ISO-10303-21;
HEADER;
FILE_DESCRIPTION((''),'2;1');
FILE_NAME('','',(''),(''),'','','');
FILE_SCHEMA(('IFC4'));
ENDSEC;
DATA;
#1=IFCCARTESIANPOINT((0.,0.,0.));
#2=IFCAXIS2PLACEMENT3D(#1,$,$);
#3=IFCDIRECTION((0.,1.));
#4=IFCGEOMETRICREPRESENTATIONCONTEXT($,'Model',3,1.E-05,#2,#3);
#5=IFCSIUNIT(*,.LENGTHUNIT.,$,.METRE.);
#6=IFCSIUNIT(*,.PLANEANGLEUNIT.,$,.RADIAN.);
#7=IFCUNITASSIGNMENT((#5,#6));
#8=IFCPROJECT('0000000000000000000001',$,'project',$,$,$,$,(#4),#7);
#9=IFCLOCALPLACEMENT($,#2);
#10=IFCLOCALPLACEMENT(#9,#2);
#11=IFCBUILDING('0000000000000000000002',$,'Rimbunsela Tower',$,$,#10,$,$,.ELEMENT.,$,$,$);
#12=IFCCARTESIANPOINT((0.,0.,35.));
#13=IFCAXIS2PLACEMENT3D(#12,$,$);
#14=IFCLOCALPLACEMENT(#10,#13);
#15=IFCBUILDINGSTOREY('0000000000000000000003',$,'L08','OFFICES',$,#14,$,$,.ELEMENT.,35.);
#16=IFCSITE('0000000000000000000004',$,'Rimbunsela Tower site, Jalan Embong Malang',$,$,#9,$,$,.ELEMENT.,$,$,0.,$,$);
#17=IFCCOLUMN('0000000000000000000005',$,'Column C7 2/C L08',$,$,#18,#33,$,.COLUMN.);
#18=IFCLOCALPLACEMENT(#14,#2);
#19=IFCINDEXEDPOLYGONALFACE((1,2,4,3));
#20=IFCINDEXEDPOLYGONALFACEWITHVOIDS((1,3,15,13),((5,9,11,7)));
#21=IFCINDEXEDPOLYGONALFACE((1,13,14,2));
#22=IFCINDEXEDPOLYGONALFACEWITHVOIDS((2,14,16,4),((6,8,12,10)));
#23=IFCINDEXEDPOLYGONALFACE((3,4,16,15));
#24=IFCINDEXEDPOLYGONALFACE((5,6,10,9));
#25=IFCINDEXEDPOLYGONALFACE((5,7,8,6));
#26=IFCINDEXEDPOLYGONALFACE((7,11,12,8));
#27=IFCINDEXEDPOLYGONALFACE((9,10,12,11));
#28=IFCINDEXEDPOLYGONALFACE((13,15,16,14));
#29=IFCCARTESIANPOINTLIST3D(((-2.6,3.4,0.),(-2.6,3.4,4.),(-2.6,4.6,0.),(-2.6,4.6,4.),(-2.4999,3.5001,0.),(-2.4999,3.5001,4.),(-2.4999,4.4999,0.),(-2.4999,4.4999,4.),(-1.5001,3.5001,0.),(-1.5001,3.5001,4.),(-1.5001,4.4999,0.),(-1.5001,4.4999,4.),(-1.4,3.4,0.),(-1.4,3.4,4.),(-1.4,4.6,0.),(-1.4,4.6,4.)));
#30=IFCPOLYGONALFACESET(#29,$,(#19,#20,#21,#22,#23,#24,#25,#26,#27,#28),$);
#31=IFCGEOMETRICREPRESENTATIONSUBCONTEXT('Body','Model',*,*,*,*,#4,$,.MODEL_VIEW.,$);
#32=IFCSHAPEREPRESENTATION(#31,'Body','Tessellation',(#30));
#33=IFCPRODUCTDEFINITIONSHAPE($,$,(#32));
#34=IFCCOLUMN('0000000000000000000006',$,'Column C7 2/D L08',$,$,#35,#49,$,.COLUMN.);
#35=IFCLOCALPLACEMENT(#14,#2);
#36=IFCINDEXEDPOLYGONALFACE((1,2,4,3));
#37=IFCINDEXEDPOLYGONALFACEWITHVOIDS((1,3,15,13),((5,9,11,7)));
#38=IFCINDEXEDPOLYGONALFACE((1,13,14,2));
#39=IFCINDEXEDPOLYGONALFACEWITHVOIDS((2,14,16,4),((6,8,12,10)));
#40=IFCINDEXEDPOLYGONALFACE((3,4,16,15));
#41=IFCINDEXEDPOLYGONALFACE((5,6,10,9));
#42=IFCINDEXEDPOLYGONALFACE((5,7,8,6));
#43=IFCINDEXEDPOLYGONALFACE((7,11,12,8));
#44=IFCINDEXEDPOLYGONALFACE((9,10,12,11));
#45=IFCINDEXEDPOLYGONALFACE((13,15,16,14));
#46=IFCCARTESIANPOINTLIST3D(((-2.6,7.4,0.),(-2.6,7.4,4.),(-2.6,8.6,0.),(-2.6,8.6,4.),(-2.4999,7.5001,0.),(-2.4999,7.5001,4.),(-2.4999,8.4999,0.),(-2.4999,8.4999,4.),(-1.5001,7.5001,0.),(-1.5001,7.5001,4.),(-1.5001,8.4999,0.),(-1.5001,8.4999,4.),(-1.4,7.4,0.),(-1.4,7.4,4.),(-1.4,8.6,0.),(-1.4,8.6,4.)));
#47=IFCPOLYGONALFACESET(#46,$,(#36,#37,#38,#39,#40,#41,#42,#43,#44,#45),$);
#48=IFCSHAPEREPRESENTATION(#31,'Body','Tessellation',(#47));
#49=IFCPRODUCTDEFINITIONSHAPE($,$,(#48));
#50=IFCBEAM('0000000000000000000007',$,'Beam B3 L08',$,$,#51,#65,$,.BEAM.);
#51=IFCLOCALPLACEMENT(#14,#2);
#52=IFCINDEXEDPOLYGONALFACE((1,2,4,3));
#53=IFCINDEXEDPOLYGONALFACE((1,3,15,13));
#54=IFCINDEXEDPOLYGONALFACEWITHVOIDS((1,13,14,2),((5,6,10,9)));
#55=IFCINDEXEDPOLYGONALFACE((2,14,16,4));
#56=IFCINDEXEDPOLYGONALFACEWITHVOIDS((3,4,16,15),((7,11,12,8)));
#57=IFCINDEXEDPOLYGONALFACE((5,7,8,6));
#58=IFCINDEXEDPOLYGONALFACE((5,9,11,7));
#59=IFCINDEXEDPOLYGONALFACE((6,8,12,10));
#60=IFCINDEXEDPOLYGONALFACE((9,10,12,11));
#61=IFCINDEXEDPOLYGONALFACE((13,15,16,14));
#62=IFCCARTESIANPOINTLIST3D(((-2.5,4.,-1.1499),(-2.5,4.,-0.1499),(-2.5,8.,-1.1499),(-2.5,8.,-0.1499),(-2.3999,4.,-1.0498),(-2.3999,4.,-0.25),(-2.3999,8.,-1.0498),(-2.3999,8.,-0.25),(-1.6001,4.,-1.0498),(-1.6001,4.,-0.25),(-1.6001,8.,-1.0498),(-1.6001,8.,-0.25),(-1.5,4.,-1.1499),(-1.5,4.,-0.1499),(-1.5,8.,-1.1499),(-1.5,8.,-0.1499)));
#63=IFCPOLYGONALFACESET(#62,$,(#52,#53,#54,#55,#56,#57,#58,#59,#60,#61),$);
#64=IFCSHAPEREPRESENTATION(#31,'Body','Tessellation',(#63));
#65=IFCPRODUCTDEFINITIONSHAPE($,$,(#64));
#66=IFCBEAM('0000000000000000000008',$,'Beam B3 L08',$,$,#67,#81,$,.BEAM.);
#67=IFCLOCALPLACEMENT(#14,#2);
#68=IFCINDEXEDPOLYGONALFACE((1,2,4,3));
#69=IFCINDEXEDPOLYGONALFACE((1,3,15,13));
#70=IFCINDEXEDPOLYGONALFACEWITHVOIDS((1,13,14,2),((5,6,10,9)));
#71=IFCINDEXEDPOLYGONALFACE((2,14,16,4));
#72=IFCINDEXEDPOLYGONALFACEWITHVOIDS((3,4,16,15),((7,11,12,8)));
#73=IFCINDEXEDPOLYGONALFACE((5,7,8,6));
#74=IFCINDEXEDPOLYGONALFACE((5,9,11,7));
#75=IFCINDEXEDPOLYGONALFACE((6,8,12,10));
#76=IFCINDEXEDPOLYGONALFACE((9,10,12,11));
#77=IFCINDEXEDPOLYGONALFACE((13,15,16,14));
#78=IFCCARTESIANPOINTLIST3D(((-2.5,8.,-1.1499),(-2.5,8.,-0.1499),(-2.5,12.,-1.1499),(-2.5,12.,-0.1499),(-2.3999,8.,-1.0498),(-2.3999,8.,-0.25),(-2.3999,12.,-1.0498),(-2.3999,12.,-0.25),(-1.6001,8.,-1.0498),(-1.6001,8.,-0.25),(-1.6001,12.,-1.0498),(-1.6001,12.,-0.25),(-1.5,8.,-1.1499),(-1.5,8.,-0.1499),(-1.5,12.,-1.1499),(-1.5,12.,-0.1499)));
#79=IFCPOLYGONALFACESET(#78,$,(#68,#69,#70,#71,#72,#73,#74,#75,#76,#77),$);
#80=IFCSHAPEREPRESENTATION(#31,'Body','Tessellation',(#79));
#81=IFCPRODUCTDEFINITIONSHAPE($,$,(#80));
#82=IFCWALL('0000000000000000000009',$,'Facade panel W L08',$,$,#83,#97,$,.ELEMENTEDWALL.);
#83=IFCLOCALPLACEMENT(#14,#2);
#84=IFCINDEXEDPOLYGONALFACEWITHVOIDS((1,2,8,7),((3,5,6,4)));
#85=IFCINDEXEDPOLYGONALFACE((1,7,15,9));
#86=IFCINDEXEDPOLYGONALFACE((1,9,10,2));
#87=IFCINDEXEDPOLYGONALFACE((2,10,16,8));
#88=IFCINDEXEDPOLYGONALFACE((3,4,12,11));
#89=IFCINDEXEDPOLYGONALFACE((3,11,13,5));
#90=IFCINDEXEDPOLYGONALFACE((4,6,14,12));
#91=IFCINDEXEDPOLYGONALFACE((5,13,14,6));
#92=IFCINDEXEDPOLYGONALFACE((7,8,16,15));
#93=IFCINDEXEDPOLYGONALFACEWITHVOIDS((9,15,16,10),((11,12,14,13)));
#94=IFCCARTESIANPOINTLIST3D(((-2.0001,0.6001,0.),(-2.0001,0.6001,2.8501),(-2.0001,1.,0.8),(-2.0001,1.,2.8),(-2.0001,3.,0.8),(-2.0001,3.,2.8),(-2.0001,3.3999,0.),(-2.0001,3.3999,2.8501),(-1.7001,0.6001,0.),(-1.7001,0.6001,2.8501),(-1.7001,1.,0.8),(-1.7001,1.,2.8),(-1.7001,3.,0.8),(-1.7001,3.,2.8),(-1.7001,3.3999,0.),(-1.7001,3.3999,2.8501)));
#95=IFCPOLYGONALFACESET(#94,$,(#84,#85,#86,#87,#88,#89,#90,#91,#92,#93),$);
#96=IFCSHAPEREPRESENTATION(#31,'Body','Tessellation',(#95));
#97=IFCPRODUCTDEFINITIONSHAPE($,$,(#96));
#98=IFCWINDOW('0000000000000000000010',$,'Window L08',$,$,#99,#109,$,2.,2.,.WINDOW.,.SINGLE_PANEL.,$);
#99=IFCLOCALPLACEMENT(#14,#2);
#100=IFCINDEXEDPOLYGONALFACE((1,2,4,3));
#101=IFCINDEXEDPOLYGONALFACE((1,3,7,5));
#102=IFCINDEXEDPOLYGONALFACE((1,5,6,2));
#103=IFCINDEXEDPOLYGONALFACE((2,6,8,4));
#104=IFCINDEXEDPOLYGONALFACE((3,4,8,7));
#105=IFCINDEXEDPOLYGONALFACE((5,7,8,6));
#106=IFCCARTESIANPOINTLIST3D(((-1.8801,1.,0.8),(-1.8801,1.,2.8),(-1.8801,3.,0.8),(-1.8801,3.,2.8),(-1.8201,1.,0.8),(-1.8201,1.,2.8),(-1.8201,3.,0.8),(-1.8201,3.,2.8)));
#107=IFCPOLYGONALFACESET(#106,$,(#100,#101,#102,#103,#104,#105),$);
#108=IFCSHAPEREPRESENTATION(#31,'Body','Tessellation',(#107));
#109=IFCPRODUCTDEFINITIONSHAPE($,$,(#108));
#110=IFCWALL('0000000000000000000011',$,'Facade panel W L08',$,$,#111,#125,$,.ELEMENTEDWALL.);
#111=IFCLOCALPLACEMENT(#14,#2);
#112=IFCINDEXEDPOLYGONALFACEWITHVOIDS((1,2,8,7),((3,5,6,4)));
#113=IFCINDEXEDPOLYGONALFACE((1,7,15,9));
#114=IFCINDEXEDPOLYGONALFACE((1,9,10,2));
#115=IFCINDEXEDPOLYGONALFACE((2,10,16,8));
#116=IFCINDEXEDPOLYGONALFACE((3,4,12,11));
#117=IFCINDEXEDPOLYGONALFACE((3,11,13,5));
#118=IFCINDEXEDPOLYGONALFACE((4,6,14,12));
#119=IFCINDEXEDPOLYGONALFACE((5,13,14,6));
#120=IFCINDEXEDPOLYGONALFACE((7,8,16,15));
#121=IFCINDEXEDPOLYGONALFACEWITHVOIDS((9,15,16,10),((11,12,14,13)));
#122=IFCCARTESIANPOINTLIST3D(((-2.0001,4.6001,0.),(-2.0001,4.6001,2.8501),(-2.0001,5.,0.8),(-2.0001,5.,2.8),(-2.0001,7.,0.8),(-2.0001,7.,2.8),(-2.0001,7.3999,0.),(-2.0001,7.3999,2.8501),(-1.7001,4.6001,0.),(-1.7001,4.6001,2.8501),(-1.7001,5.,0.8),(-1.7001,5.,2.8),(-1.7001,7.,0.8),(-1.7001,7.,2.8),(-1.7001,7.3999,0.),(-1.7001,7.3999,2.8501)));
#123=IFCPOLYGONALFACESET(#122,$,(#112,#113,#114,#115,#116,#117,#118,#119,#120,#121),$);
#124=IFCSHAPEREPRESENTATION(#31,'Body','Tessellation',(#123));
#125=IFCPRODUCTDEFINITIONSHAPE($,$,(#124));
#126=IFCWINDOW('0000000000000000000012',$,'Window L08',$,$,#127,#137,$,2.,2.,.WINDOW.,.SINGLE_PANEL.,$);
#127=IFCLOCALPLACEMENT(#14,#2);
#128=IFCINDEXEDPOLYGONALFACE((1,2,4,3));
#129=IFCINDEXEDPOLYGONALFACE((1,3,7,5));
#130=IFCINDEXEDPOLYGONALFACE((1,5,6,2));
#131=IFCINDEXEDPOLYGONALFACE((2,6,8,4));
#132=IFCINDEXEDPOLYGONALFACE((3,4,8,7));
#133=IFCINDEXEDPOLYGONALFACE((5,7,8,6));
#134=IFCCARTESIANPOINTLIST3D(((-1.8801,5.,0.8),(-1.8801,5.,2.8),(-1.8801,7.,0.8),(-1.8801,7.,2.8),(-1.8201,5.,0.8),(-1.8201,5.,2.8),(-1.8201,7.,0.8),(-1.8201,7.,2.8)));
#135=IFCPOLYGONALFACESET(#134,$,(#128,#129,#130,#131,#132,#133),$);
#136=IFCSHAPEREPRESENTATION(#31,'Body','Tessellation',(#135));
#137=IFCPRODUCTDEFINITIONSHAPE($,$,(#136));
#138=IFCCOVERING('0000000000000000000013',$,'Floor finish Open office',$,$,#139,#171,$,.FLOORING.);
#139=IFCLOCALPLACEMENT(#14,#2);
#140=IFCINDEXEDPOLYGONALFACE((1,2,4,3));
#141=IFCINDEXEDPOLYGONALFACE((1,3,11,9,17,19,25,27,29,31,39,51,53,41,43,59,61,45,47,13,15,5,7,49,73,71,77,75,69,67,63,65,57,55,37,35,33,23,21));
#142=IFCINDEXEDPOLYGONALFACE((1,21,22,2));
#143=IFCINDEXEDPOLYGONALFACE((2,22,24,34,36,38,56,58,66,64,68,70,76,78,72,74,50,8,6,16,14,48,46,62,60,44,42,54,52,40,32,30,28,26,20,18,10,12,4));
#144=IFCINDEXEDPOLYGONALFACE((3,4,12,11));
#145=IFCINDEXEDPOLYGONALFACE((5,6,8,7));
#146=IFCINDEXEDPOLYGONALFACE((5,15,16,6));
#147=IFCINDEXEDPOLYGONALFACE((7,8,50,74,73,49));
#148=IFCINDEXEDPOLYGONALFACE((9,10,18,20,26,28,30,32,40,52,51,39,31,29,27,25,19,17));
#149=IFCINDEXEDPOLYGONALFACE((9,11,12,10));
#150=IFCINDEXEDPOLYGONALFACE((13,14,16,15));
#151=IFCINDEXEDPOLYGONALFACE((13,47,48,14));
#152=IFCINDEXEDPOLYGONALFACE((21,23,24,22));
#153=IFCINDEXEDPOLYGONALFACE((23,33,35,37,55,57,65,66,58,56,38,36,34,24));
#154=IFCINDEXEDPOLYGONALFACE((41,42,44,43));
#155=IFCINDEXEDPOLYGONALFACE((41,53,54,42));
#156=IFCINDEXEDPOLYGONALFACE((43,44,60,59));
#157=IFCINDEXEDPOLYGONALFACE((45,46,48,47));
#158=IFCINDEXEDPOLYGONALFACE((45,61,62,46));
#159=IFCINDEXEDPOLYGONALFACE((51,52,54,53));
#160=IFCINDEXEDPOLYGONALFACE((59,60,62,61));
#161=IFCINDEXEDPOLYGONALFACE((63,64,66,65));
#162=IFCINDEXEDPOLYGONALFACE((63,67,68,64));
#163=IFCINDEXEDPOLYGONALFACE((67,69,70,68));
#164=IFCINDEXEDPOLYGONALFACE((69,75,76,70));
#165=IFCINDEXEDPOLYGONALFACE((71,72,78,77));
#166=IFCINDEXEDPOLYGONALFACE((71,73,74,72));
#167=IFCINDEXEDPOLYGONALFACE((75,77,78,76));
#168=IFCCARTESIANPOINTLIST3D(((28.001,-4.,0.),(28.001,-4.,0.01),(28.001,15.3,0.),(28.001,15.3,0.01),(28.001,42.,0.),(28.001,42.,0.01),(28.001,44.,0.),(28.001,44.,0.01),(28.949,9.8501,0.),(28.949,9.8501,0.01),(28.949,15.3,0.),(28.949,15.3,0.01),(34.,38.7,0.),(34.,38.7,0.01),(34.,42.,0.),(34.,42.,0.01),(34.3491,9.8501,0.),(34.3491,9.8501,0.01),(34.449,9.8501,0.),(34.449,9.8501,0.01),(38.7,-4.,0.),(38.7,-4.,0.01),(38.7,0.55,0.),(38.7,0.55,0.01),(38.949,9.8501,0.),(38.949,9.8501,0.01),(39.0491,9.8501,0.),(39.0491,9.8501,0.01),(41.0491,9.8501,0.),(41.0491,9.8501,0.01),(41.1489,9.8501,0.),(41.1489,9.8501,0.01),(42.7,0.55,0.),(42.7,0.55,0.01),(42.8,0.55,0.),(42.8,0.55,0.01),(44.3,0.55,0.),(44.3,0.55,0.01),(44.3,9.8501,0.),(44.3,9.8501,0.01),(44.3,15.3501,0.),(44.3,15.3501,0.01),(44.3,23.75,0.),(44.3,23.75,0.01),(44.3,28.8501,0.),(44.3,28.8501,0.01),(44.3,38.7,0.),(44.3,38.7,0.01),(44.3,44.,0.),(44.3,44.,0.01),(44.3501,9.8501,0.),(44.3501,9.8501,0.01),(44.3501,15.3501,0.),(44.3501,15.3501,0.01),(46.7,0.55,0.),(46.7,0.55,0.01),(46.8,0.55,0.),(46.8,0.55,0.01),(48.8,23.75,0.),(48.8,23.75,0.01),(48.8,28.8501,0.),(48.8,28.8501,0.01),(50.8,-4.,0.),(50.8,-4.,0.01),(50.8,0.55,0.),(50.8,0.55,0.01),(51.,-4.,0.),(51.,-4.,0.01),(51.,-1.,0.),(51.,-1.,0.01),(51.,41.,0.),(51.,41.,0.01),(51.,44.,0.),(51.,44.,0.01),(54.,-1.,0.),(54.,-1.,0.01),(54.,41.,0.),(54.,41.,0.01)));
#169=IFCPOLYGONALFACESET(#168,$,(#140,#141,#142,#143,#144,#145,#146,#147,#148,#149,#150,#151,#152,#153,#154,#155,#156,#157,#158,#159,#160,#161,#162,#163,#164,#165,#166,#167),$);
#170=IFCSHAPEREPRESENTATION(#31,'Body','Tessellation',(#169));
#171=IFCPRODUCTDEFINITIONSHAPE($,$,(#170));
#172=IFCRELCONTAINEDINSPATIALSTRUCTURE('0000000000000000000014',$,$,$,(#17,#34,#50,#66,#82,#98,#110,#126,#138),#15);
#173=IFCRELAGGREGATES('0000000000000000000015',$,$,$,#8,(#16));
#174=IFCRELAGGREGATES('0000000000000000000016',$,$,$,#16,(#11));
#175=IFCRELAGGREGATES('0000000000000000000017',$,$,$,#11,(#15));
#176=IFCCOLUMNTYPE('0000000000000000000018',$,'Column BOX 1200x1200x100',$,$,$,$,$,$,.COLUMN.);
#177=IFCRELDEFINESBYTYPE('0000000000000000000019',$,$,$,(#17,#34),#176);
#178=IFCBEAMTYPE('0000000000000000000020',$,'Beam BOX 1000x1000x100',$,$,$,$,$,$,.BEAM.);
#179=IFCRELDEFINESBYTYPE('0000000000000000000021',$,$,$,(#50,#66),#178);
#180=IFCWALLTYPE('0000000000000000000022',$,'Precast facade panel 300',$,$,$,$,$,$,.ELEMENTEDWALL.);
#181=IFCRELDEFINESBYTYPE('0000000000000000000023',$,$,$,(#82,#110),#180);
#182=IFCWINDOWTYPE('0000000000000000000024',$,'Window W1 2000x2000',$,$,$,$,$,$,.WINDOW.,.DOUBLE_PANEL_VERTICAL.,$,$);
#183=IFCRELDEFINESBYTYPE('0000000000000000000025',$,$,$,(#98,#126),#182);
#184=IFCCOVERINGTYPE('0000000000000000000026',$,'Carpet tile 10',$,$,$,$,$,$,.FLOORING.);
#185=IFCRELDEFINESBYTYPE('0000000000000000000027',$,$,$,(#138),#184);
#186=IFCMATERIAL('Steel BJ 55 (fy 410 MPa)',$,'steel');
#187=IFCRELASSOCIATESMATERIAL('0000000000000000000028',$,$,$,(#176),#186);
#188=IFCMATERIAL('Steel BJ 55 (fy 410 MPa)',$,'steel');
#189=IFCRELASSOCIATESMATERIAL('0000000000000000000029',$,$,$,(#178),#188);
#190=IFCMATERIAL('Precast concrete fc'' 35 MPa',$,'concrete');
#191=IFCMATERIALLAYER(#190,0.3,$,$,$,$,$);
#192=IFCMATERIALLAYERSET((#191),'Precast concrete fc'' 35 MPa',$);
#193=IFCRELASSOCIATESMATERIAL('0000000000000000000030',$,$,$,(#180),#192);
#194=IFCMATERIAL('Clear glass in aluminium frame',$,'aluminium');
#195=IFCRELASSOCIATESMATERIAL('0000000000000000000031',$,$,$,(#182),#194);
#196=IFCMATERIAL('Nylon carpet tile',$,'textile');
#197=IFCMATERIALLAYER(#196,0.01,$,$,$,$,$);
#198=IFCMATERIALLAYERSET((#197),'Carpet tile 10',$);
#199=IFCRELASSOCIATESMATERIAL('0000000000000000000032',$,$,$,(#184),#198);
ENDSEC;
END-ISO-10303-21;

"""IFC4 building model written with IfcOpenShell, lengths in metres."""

from ifc_helpers import new_model, si_unit, direction, frame, frame_2d, origin, origin_2d, place, context, subcontext, project, spatial, polyline, rectangle, hollow_rectangle, outline, extrude, material, layer, layer_set, material_profile, profile_set, type_object, element, fill, save


model = new_model("IFC4")

# Units and contexts
model_context = context("Model", 3, precision=1e-05, world=origin(), true_north=direction((0.0, 1.0)))
body_context = subcontext(model_context, "Body", "Model", "MODEL_VIEW")
ifc_project = project(units=[si_unit("LENGTHUNIT", "METRE"), si_unit("PLANEANGLEUNIT", "RADIAN")], contexts=[model_context])

# Site, building, storey
site_placement = place(None, origin())
site = spatial("IfcSite", under=ifc_project, at=site_placement, Name="Rimbunsela Tower site, Jalan Embong Malang", CompositionType="ELEMENT", RefElevation=0.0)
building_placement = place(site_placement, origin())
building = spatial("IfcBuilding", under=site, at=building_placement, Name="Rimbunsela Tower", CompositionType="ELEMENT")
storey_placement = place(building_placement, frame((0.0, 0.0, 35.0)))
storey = spatial("IfcBuildingStorey", under=building, at=storey_placement, Name="L08", Description="OFFICES", CompositionType="ELEMENT", Elevation=35.0)

# Columns
ifc_material_1 = material(Name="Steel BJ 55 (fy 410 MPa)", Category="steel")
ifc_material_profile_1 = material_profile(ifc_material_1, hollow_rectangle(XDim=1.2, YDim=1.2, WallThickness=0.1001, at=origin_2d()), Name="BOX 1200x1200x100")
ifc_profile_set_1 = profile_set([ifc_material_profile_1], Name="Steel BJ 55 (fy 410 MPa)")
column_type = type_object("IfcColumnType", Name="Column BOX 1200x1200x100", PredefinedType="COLUMN", material=ifc_profile_set_1)
for number, where, z_axis, x_axis, name in (
    (1, (-2.0, 4.0, 0.0), (0.0, 0.0, 1.0), (1.0, 0.0, 0.0), "Column C7 2/C L08"),
    (2, (-2.0, 8.0, 0.0), (0.0, 0.0, 1.0), (1.0, 0.0, 0.0), "Column C7 2/D L08"),
):
    element("IfcColumn", number, at=place(storey_placement, frame(where, z_axis=z_axis, x_axis=x_axis)), inside=storey, type_object=column_type, Name=name, PredefinedType="COLUMN", context=body_context, shape_type="SweptSolid", body=[
        extrude(hollow_rectangle(XDim=1.2, YDim=1.2, WallThickness=0.1001, at=origin_2d()), origin(), (0.0, 0.0, 1.0), 4.0),
    ])

# Beams
ifc_material_2 = material(Name="Steel BJ 55 (fy 410 MPa)", Category="steel")
ifc_material_profile_2 = material_profile(ifc_material_2, hollow_rectangle(XDim=1.0, YDim=1.0, WallThickness=0.1001, at=origin_2d()), Name="BOX 1000x1000x100")
ifc_profile_set_2 = profile_set([ifc_material_profile_2], Name="Steel BJ 55 (fy 410 MPa)")
beam_type = type_object("IfcBeamType", Name="Beam BOX 1000x1000x100", PredefinedType="BEAM", material=ifc_profile_set_2)
for number, where, z_axis, x_axis, name in (
    (3, (-2.0, 4.0, -0.6499), (0.0, 1.0, 0.0), (-1.0, 0.0, 0.0), "Beam B3 L08"),
    (4, (-2.0, 8.0, -0.6499), (0.0, 1.0, 0.0), (-1.0, 0.0, 0.0), "Beam B3 L08"),
):
    element("IfcBeam", number, at=place(storey_placement, frame(where, z_axis=z_axis, x_axis=x_axis)), inside=storey, type_object=beam_type, Name=name, PredefinedType="BEAM", context=body_context, shape_type="SweptSolid", body=[
        extrude(hollow_rectangle(XDim=1.0, YDim=1.0, WallThickness=0.1001, at=origin_2d()), origin(), (0.0, 0.0, 1.0), 4.0),
    ])

# Walls, openings, windows
ifc_material_3 = material(Name="Precast concrete fc' 35 MPa", Category="concrete")
ifc_layer_1 = layer(ifc_material_3, 0.3)
ifc_layer_set_1 = layer_set([ifc_layer_1], Name="Precast concrete fc' 35 MPa")
wall_type = type_object("IfcWallType", Name="Precast facade panel 300", PredefinedType="ELEMENTEDWALL", material=ifc_layer_set_1)
wall_1_placement = place(storey_placement, frame((-1.8501, 3.3999, 0.0), z_axis=(0.0, 0.0, 1.0), x_axis=(0.0, -1.0, 0.0)))
wall_1 = element("IfcWall", 5, at=wall_1_placement, inside=storey, type_object=wall_type, Name="Facade panel W L08", PredefinedType="ELEMENTEDWALL", context=body_context, shape_type="SweptSolid", body=[
    extrude(rectangle(XDim=2.7998, YDim=0.3, at=frame_2d((1.3999, 0.0))), origin(), (0.0, 0.0, 1.0), 2.8501),
])
opening_1_placement = place(wall_1_placement, frame((0.3999, 0.0, 0.8)))
opening_1 = element("IfcOpeningElement", 6, at=opening_1_placement, cuts=wall_1, PredefinedType="OPENING", context=body_context, shape_type="SweptSolid", body=[
    extrude(rectangle(XDim=2.0, YDim=2.0, at=frame_2d((1.0, 1.0))), frame((0.0, 0.1599, 0.0), z_axis=(0.0, -1.0, 0.0), x_axis=(1.0, 0.0, 0.0)), (0.0, 0.0, 1.0), 0.3201),
])
ifc_material_4 = material(Name="Clear glass in aluminium frame", Category="aluminium")
window_type = type_object("IfcWindowType", Name="Window W1 2000x2000", PartitioningType="DOUBLE_PANEL_VERTICAL", PredefinedType="WINDOW", material=ifc_material_4)
window_1_placement = place(opening_1_placement, origin())
window_1 = element("IfcWindow", 7, at=window_1_placement, inside=storey, type_object=window_type, Name="Window L08", OverallHeight=2.0, OverallWidth=2.0, PartitioningType="SINGLE_PANEL", PredefinedType="WINDOW", context=body_context, shape_type="SweptSolid", body=[
    extrude(rectangle(XDim=2.0, YDim=2.0, at=frame_2d((1.0, 1.0))), frame((0.0, 0.03, 0.0), z_axis=(0.0, -1.0, 0.0), x_axis=(1.0, 0.0, 0.0)), (0.0, 0.0, 1.0), 0.0601),
])
fill(opening_1, window_1)
wall_2_placement = place(storey_placement, frame((-1.8501, 7.3999, 0.0), z_axis=(0.0, 0.0, 1.0), x_axis=(0.0, -1.0, 0.0)))
wall_2 = element("IfcWall", 8, at=wall_2_placement, inside=storey, type_object=wall_type, Name="Facade panel W L08", PredefinedType="ELEMENTEDWALL", context=body_context, shape_type="SweptSolid", body=[
    extrude(rectangle(XDim=2.7998, YDim=0.3, at=frame_2d((1.3999, 0.0))), origin(), (0.0, 0.0, 1.0), 2.8501),
])
opening_2_placement = place(wall_2_placement, frame((0.3999, 0.0, 0.8)))
opening_2 = element("IfcOpeningElement", 9, at=opening_2_placement, cuts=wall_2, PredefinedType="OPENING", context=body_context, shape_type="SweptSolid", body=[
    extrude(rectangle(XDim=2.0, YDim=2.0, at=frame_2d((1.0, 1.0))), frame((0.0, 0.1599, 0.0), z_axis=(0.0, -1.0, 0.0), x_axis=(1.0, 0.0, 0.0)), (0.0, 0.0, 1.0), 0.3201),
])
window_2_placement = place(opening_2_placement, origin())
window_2 = element("IfcWindow", 10, at=window_2_placement, inside=storey, type_object=window_type, Name="Window L08", OverallHeight=2.0, OverallWidth=2.0, PartitioningType="SINGLE_PANEL", PredefinedType="WINDOW", context=body_context, shape_type="SweptSolid", body=[
    extrude(rectangle(XDim=2.0, YDim=2.0, at=frame_2d((1.0, 1.0))), frame((0.0, 0.03, 0.0), z_axis=(0.0, -1.0, 0.0), x_axis=(1.0, 0.0, 0.0)), (0.0, 0.0, 1.0), 0.0601),
])
fill(opening_2, window_2)

# Covering
ifc_material_5 = material(Name="Nylon carpet tile", Category="textile")
ifc_layer_2 = layer(ifc_material_5, 0.01)
ifc_layer_set_2 = layer_set([ifc_layer_2], Name="Carpet tile 10")
covering_type_1 = type_object("IfcCoveringType", Name="Carpet tile 10", PredefinedType="FLOORING", material=ifc_layer_set_2)
covering_1_placement = place(storey_placement, origin())
element("IfcCovering", 11, at=covering_1_placement, inside=storey, type_object=covering_type_1, Name="Floor finish Open office", PredefinedType="FLOORING", context=body_context, shape_type="SweptSolid", body=[
    extrude(outline(polyline([(42.7, 0.55), (38.7, 0.55), (38.7, -4.0), (28.001, -4.0), (28.001, 15.3), (28.949, 15.3), (28.949, 9.8501), (34.3491, 9.8501), (34.449, 9.8501), (38.949, 9.8501), (39.0491, 9.8501), (41.0491, 9.8501), (41.1489, 9.8501), (44.3, 9.8501), (44.3501, 9.8501), (44.3501, 15.3501), (44.3, 15.3501), (44.3, 23.75), (48.8, 23.75), (48.8, 28.8501), (44.3, 28.8501), (44.3, 38.7), (34.0, 38.7), (34.0, 42.0), (28.001, 42.0), (28.001, 44.0), (44.3, 44.0), (51.0, 44.0), (51.0, 41.0), (54.0, 41.0), (54.0, -1.0), (51.0, -1.0), (51.0, -4.0), (50.8, -4.0), (50.8, 0.55), (46.8, 0.55), (46.7, 0.55), (44.3, 0.55), (42.8, 0.55), (42.7, 0.55)])), origin(), (0.0, 0.0, 1.0), 0.01),
])

save(model, "model.ifc")
